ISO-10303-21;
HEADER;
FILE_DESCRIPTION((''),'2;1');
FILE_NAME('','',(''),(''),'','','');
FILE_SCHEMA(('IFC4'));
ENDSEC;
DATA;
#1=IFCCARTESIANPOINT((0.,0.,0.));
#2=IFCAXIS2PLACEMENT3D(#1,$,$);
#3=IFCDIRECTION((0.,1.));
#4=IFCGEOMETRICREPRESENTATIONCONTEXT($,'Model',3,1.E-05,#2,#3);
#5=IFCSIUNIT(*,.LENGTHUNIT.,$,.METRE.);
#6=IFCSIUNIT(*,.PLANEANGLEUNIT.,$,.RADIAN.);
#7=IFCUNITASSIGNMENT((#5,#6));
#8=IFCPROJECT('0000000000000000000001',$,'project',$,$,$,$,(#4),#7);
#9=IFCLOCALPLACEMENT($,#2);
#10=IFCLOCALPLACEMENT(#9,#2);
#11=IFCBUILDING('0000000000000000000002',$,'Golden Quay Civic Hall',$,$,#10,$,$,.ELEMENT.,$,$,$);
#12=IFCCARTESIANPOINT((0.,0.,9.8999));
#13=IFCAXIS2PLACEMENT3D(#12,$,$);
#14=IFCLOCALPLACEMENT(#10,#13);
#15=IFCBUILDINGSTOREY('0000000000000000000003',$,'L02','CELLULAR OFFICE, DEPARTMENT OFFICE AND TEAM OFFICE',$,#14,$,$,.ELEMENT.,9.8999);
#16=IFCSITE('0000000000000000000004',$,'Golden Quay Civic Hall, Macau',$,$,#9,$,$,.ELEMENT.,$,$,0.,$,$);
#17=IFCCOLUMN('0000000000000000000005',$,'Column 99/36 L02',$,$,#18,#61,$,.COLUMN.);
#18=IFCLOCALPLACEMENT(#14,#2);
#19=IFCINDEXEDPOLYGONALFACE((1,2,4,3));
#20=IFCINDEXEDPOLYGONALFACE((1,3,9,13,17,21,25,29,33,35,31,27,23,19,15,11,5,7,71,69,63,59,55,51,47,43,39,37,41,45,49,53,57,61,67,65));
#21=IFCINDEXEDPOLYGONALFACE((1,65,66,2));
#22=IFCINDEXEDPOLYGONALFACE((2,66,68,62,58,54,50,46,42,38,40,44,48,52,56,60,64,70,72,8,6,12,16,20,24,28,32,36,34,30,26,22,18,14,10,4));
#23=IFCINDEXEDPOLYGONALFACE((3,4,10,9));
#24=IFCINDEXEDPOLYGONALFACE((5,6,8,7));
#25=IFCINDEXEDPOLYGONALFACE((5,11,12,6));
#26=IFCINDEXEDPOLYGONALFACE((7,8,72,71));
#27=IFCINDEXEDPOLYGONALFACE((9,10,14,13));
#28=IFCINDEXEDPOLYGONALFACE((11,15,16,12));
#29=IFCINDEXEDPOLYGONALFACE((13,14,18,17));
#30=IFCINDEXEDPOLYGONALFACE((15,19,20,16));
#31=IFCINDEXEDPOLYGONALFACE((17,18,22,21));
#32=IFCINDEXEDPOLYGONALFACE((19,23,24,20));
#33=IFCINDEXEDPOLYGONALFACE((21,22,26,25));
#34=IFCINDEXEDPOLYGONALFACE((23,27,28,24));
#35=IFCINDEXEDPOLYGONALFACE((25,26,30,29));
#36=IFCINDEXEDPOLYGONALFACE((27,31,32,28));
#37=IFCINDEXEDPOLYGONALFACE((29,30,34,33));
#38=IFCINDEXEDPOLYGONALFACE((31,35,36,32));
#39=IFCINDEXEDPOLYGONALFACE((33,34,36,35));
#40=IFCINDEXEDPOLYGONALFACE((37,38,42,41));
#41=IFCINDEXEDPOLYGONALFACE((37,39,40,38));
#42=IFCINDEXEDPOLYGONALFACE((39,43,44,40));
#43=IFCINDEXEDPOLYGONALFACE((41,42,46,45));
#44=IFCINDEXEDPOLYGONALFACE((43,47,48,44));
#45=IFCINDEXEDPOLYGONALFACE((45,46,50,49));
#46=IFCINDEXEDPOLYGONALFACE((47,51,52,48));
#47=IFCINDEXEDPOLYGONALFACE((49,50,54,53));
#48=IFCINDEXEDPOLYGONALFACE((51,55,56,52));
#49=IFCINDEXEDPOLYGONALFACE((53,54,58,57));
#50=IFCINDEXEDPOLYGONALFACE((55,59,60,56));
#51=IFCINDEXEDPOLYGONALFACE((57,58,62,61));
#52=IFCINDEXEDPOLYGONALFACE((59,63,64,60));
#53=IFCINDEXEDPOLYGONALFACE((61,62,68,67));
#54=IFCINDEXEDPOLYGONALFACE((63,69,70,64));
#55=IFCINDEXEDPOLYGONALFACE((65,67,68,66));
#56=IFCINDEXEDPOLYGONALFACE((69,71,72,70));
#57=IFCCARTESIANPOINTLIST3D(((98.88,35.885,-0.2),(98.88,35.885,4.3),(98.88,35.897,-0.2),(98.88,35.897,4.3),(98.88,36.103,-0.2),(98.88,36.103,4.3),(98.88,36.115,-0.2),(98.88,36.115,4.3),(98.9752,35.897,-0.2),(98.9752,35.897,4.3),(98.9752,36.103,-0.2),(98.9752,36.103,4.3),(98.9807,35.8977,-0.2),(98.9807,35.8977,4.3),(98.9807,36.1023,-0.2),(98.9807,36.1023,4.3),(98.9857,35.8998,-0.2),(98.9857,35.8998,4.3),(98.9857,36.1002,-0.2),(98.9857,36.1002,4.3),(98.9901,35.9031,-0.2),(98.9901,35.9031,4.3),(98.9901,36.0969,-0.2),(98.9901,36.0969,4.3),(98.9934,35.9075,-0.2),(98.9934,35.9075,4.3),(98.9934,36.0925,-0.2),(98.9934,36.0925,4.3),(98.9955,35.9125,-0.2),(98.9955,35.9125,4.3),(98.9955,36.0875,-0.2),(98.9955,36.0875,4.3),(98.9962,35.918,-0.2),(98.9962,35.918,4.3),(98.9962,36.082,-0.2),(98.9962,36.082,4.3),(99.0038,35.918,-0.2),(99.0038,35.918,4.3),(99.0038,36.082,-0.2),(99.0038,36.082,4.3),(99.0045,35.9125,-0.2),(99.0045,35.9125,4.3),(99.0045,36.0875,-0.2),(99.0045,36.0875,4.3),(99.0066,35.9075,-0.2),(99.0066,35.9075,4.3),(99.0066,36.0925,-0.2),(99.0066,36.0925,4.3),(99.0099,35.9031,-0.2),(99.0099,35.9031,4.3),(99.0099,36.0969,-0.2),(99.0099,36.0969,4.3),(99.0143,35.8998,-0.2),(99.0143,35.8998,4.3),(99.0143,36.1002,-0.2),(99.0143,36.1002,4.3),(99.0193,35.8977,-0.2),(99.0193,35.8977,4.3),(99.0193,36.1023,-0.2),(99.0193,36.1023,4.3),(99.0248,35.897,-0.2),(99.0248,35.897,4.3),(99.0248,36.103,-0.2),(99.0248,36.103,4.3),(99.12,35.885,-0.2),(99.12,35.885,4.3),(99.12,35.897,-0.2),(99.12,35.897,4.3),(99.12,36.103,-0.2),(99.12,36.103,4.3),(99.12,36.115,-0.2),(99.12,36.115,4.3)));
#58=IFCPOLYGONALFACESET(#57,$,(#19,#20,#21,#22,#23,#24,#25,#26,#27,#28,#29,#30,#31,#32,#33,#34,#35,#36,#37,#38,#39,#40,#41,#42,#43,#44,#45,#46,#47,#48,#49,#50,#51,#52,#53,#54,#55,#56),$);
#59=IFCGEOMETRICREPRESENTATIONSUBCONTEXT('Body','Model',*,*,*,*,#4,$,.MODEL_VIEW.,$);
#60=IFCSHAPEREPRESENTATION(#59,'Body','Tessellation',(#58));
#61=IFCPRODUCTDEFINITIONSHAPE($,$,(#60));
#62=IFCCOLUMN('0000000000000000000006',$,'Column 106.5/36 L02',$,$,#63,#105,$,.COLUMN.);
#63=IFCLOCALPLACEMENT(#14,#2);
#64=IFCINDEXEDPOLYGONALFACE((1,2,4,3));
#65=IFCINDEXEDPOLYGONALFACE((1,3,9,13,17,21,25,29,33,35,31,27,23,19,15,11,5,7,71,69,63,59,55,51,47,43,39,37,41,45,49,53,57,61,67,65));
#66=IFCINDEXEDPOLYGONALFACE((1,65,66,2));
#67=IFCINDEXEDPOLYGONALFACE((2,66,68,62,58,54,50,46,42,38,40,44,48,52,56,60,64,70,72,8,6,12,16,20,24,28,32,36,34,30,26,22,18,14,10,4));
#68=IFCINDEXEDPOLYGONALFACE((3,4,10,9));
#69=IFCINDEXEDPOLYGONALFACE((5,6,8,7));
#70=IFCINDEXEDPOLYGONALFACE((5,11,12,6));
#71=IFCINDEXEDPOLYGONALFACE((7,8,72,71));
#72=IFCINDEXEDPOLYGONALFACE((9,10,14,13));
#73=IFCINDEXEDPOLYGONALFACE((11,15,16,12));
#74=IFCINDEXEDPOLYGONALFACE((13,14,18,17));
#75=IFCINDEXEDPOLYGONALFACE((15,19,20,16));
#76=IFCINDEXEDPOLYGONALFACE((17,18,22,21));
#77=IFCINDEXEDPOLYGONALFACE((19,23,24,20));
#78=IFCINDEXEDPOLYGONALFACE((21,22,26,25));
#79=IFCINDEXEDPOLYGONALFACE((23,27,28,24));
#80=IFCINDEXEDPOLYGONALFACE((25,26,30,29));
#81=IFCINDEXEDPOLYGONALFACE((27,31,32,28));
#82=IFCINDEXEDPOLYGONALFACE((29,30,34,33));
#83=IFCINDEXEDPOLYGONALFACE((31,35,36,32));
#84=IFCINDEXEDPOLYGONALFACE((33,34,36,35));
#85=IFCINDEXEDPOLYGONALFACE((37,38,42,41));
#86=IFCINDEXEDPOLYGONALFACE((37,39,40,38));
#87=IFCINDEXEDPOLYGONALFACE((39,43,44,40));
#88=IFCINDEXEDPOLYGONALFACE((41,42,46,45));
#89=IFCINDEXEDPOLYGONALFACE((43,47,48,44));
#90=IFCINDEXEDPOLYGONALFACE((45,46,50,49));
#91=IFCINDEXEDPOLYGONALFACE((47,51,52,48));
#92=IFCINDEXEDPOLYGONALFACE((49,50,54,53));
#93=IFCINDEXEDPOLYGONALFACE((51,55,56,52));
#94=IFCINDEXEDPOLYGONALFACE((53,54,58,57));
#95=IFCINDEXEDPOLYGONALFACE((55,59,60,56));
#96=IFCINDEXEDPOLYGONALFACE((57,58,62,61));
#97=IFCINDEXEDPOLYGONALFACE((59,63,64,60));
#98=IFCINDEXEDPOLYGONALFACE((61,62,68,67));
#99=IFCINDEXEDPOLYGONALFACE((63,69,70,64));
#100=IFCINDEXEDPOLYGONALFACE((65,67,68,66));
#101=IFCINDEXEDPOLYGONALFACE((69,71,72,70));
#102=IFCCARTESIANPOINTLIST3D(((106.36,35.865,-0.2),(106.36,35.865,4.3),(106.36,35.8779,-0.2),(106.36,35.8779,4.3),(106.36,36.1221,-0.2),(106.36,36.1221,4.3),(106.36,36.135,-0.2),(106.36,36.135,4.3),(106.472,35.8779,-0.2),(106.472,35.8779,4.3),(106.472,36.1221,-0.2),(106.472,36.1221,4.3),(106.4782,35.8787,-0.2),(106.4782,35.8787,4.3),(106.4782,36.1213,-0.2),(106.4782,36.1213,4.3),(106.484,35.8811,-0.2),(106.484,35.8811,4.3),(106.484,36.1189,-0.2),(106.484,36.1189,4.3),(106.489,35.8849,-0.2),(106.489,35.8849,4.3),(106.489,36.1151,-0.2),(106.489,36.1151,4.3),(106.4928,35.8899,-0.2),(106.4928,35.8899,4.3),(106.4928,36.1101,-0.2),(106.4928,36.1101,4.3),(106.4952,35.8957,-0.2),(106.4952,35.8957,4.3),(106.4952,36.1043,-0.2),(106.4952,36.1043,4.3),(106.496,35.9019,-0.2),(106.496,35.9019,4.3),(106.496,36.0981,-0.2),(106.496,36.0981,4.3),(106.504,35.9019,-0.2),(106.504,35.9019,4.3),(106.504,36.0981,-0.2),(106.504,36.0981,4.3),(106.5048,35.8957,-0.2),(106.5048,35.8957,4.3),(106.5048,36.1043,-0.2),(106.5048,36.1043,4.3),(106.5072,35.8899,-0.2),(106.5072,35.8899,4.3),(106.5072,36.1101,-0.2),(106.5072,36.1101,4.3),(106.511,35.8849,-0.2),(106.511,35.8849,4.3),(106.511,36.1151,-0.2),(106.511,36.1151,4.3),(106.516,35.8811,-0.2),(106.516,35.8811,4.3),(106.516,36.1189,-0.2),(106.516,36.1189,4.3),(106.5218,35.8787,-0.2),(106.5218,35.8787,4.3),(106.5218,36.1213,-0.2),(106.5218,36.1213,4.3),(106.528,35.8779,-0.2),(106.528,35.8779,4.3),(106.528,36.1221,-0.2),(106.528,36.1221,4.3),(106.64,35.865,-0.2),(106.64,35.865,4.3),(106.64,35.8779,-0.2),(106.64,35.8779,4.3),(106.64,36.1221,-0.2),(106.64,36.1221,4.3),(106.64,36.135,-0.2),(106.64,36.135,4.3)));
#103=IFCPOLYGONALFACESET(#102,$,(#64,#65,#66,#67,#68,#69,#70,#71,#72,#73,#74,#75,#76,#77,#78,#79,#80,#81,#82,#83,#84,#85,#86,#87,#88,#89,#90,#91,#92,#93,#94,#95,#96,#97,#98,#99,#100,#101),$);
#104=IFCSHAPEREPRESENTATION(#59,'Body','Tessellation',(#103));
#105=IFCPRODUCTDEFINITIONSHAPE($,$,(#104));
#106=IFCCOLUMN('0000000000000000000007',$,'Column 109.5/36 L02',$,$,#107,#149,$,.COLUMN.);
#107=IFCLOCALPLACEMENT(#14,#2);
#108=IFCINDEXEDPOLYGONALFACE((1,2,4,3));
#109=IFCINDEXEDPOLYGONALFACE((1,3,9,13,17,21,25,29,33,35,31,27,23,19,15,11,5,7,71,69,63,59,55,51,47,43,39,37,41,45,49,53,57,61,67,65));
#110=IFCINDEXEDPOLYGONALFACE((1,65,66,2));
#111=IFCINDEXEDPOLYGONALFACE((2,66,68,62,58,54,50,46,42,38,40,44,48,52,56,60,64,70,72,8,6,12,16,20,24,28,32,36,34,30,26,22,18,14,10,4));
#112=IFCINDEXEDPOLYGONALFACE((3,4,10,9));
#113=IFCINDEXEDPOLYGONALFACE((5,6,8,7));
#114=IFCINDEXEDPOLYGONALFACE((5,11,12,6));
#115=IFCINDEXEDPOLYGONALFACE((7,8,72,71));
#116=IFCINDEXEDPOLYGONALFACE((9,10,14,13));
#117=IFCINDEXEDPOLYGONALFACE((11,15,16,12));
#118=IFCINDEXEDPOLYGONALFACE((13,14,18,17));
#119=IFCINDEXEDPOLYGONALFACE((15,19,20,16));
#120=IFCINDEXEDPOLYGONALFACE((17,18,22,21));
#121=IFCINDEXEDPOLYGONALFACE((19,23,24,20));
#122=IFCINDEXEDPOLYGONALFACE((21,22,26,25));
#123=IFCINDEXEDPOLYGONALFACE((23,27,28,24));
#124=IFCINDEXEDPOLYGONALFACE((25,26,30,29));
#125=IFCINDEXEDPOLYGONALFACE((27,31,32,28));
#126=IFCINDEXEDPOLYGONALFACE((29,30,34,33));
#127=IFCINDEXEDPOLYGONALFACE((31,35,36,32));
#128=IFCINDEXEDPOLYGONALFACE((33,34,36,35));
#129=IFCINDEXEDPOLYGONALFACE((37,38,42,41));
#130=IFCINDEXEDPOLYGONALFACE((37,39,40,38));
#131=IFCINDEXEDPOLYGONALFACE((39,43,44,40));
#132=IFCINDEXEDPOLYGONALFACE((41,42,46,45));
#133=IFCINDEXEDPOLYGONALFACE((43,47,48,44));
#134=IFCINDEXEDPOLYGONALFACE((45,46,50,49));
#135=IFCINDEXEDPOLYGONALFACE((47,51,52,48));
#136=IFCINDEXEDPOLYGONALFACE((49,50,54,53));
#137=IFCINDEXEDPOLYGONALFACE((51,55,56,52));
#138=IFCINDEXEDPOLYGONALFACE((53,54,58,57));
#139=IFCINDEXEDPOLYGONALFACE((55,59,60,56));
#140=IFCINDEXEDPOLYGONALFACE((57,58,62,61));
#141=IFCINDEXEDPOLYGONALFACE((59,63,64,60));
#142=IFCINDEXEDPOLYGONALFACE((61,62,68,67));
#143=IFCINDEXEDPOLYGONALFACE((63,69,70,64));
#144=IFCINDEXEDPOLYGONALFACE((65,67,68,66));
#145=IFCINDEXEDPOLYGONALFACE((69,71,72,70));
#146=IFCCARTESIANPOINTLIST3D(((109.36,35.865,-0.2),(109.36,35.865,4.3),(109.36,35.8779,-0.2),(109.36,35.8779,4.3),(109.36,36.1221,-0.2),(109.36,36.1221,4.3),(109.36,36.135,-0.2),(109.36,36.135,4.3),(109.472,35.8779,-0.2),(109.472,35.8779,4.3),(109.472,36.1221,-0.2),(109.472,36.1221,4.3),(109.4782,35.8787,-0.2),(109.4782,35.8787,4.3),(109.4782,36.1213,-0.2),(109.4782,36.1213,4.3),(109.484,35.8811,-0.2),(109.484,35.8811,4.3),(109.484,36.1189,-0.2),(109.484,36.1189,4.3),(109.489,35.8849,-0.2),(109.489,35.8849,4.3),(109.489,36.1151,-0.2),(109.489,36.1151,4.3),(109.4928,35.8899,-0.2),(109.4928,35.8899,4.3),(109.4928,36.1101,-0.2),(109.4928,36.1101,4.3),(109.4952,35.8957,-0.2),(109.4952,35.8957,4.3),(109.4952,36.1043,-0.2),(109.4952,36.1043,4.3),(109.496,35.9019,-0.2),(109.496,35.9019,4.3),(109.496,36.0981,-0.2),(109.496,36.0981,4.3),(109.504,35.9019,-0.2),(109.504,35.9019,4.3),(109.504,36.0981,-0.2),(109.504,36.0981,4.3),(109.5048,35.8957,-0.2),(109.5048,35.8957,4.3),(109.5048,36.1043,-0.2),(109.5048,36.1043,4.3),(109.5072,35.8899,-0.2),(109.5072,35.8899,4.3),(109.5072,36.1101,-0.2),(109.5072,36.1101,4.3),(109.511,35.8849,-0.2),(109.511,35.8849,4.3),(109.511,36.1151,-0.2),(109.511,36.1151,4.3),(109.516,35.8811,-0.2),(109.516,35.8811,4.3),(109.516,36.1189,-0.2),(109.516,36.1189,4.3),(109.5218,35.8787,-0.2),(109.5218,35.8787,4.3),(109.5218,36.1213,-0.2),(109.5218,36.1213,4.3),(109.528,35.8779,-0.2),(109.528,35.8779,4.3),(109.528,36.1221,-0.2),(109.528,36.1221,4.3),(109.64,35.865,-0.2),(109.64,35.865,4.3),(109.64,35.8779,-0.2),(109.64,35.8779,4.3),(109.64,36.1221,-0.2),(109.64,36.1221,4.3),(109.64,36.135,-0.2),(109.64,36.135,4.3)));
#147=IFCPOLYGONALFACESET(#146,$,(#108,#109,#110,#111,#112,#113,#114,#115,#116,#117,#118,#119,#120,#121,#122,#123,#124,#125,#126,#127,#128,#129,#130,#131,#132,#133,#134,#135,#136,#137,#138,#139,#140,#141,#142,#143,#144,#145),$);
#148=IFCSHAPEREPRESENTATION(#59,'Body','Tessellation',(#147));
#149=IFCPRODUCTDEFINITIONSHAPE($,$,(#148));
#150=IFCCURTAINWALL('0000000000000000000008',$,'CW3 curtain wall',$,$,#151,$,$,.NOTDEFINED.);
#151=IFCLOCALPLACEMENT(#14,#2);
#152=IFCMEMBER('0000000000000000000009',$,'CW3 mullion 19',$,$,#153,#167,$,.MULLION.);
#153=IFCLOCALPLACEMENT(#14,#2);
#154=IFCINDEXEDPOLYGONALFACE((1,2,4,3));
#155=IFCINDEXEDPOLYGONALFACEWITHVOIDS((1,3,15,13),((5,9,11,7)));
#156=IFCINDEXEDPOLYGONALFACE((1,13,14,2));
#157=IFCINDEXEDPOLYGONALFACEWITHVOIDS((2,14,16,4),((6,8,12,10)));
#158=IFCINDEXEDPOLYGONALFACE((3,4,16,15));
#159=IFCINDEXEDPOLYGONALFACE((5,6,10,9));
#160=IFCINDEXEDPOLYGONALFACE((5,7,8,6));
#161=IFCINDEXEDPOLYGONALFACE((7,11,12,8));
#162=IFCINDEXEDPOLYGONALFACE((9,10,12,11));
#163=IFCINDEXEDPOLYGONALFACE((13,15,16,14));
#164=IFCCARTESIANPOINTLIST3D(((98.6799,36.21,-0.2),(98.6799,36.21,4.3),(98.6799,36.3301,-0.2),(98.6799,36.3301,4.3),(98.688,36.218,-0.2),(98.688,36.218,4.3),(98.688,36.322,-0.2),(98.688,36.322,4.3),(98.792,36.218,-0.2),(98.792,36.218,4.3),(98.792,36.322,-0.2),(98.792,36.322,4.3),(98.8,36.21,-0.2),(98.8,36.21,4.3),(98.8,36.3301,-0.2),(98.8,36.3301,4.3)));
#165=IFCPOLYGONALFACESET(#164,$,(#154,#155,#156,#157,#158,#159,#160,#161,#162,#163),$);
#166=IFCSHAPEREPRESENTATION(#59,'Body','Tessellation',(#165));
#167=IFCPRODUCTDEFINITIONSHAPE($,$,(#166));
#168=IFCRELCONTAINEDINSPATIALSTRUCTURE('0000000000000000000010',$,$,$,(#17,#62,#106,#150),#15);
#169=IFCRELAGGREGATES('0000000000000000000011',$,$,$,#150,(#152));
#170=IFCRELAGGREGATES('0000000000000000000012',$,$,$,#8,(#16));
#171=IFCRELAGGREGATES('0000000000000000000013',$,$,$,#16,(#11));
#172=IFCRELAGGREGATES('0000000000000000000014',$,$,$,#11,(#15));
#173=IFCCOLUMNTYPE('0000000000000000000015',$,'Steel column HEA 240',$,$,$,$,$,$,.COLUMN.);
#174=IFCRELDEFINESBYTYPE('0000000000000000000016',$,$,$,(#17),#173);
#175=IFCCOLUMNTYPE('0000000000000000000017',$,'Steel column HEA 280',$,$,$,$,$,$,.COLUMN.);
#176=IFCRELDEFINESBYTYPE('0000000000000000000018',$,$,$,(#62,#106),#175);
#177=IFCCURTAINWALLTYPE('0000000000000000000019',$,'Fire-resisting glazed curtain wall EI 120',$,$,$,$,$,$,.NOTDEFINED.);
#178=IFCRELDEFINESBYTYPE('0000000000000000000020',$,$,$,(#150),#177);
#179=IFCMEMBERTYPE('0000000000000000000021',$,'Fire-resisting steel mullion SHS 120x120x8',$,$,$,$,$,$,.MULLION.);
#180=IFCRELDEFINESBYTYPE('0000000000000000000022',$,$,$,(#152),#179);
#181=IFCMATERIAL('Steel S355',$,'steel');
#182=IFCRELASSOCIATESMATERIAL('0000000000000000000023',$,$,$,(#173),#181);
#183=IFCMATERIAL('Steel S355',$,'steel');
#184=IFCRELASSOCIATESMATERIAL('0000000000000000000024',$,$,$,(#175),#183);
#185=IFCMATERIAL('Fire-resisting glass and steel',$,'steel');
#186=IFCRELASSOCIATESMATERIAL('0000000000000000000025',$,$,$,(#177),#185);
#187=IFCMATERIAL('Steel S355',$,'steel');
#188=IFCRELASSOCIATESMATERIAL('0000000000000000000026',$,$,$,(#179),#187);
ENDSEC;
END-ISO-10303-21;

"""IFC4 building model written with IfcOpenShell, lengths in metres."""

from ifc_helpers import new_model, si_unit, direction, frame, origin, origin_2d, place, context, subcontext, project, spatial, hollow_rectangle, i_section, extrude, material, material_profile, profile_set, type_object, element, aggregate, save


model = new_model("IFC4")

# Units and contexts
model_context = context("Model", 3, precision=1e-05, world=origin(), true_north=direction((0.0, 1.0)))
body_context = subcontext(model_context, "Body", "Model", "MODEL_VIEW")
ifc_project = project(units=[si_unit("LENGTHUNIT", "METRE"), si_unit("PLANEANGLEUNIT", "RADIAN")], contexts=[model_context])

# Site, building, storey
site_placement = place(None, origin())
site = spatial("IfcSite", under=ifc_project, at=site_placement, Name="Golden Quay Civic Hall, Macau", CompositionType="ELEMENT", RefElevation=0.0)
building_placement = place(site_placement, origin())
building = spatial("IfcBuilding", under=site, at=building_placement, Name="Golden Quay Civic Hall", CompositionType="ELEMENT")
storey_placement = place(building_placement, frame((0.0, 0.0, 9.8999)))
storey = spatial("IfcBuildingStorey", under=building, at=storey_placement, Name="L02", Description="CELLULAR OFFICE, DEPARTMENT OFFICE AND TEAM OFFICE", CompositionType="ELEMENT", Elevation=9.8999)

# Columns
ifc_material_1 = material(Name="Steel S355", Category="steel")
ifc_material_profile_1 = material_profile(ifc_material_1, i_section(OverallWidth=0.24, OverallDepth=0.23, WebThickness=0.0076, FlangeThickness=0.012, FilletRadius=0.021, at=origin_2d()), Name="HEA 240")
ifc_profile_set_1 = profile_set([ifc_material_profile_1], Name="Steel S355")
column_type_1 = type_object("IfcColumnType", Name="Steel column HEA 240", PredefinedType="COLUMN", material=ifc_profile_set_1)
column_placement = place(storey_placement, frame((99.0, 36.0, -0.2), z_axis=(0.0, 0.0, 1.0), x_axis=(1.0, 0.0, 0.0)))
element("IfcColumn", 1, at=column_placement, inside=storey, type_object=column_type_1, Name="Column 99/36 L02", PredefinedType="COLUMN", context=body_context, shape_type="SweptSolid", body=[
    extrude(i_section(OverallWidth=0.24, OverallDepth=0.23, WebThickness=0.0076, FlangeThickness=0.012, FilletRadius=0.021, at=origin_2d()), origin(), (0.0, 0.0, 1.0), 4.5),
])
ifc_material_2 = material(Name="Steel S355", Category="steel")
ifc_material_profile_2 = material_profile(ifc_material_2, i_section(OverallWidth=0.28, OverallDepth=0.27, WebThickness=0.0081, FlangeThickness=0.0129, FilletRadius=0.0239, at=origin_2d()), Name="HEA 280")
ifc_profile_set_2 = profile_set([ifc_material_profile_2], Name="Steel S355")
column_type_2 = type_object("IfcColumnType", Name="Steel column HEA 280", PredefinedType="COLUMN", material=ifc_profile_set_2)
for number, where, z_axis, x_axis, name in (
    (2, (106.5, 36.0, -0.2), (0.0, 0.0, 1.0), (1.0, 0.0, 0.0), "Column 106.5/36 L02"),
    (3, (109.5, 36.0, -0.2), (0.0, 0.0, 1.0), (1.0, 0.0, 0.0), "Column 109.5/36 L02"),
):
    element("IfcColumn", number, at=place(storey_placement, frame(where, z_axis=z_axis, x_axis=x_axis)), inside=storey, type_object=column_type_2, Name=name, PredefinedType="COLUMN", context=body_context, shape_type="SweptSolid", body=[
        extrude(i_section(OverallWidth=0.28, OverallDepth=0.27, WebThickness=0.0081, FlangeThickness=0.0129, FilletRadius=0.0239, at=origin_2d()), origin(), (0.0, 0.0, 1.0), 4.5),
    ])

# Curtain wall, member
ifc_material_3 = material(Name="Fire-resisting glass and steel", Category="steel")
curtain_wall_type = type_object("IfcCurtainWallType", Name="Fire-resisting glazed curtain wall EI 120", PredefinedType="NOTDEFINED", material=ifc_material_3)
curtain_wall_placement = place(storey_placement, origin())
curtain_wall = element("IfcCurtainWall", 4, at=curtain_wall_placement, inside=storey, type_object=curtain_wall_type, Name="CW3 curtain wall", PredefinedType="NOTDEFINED")
ifc_material_4 = material(Name="Steel S355", Category="steel")
ifc_material_profile_3 = material_profile(ifc_material_4, hollow_rectangle(XDim=0.1201, YDim=0.1201, WallThickness=0.0081, at=origin_2d()), Name="SHS 120x120x8")
ifc_profile_set_3 = profile_set([ifc_material_profile_3], Name="Steel S355")
member_type = type_object("IfcMemberType", Name="Fire-resisting steel mullion SHS 120x120x8", PredefinedType="MULLION", material=ifc_profile_set_3)
member_placement = place(storey_placement, frame((98.74, 36.27, -0.2), z_axis=(0.0, 0.0, 1.0), x_axis=(0.0, 1.0, 0.0)))
member = element("IfcMember", 5, at=member_placement, type_object=member_type, Name="CW3 mullion 19", PredefinedType="MULLION", context=body_context, shape_type="SweptSolid", body=[
    extrude(hollow_rectangle(XDim=0.1201, YDim=0.1201, WallThickness=0.0081, at=origin_2d()), origin(), (0.0, 0.0, 1.0), 4.5),
])
aggregate(curtain_wall, [member])

save(model, "model.ifc")
